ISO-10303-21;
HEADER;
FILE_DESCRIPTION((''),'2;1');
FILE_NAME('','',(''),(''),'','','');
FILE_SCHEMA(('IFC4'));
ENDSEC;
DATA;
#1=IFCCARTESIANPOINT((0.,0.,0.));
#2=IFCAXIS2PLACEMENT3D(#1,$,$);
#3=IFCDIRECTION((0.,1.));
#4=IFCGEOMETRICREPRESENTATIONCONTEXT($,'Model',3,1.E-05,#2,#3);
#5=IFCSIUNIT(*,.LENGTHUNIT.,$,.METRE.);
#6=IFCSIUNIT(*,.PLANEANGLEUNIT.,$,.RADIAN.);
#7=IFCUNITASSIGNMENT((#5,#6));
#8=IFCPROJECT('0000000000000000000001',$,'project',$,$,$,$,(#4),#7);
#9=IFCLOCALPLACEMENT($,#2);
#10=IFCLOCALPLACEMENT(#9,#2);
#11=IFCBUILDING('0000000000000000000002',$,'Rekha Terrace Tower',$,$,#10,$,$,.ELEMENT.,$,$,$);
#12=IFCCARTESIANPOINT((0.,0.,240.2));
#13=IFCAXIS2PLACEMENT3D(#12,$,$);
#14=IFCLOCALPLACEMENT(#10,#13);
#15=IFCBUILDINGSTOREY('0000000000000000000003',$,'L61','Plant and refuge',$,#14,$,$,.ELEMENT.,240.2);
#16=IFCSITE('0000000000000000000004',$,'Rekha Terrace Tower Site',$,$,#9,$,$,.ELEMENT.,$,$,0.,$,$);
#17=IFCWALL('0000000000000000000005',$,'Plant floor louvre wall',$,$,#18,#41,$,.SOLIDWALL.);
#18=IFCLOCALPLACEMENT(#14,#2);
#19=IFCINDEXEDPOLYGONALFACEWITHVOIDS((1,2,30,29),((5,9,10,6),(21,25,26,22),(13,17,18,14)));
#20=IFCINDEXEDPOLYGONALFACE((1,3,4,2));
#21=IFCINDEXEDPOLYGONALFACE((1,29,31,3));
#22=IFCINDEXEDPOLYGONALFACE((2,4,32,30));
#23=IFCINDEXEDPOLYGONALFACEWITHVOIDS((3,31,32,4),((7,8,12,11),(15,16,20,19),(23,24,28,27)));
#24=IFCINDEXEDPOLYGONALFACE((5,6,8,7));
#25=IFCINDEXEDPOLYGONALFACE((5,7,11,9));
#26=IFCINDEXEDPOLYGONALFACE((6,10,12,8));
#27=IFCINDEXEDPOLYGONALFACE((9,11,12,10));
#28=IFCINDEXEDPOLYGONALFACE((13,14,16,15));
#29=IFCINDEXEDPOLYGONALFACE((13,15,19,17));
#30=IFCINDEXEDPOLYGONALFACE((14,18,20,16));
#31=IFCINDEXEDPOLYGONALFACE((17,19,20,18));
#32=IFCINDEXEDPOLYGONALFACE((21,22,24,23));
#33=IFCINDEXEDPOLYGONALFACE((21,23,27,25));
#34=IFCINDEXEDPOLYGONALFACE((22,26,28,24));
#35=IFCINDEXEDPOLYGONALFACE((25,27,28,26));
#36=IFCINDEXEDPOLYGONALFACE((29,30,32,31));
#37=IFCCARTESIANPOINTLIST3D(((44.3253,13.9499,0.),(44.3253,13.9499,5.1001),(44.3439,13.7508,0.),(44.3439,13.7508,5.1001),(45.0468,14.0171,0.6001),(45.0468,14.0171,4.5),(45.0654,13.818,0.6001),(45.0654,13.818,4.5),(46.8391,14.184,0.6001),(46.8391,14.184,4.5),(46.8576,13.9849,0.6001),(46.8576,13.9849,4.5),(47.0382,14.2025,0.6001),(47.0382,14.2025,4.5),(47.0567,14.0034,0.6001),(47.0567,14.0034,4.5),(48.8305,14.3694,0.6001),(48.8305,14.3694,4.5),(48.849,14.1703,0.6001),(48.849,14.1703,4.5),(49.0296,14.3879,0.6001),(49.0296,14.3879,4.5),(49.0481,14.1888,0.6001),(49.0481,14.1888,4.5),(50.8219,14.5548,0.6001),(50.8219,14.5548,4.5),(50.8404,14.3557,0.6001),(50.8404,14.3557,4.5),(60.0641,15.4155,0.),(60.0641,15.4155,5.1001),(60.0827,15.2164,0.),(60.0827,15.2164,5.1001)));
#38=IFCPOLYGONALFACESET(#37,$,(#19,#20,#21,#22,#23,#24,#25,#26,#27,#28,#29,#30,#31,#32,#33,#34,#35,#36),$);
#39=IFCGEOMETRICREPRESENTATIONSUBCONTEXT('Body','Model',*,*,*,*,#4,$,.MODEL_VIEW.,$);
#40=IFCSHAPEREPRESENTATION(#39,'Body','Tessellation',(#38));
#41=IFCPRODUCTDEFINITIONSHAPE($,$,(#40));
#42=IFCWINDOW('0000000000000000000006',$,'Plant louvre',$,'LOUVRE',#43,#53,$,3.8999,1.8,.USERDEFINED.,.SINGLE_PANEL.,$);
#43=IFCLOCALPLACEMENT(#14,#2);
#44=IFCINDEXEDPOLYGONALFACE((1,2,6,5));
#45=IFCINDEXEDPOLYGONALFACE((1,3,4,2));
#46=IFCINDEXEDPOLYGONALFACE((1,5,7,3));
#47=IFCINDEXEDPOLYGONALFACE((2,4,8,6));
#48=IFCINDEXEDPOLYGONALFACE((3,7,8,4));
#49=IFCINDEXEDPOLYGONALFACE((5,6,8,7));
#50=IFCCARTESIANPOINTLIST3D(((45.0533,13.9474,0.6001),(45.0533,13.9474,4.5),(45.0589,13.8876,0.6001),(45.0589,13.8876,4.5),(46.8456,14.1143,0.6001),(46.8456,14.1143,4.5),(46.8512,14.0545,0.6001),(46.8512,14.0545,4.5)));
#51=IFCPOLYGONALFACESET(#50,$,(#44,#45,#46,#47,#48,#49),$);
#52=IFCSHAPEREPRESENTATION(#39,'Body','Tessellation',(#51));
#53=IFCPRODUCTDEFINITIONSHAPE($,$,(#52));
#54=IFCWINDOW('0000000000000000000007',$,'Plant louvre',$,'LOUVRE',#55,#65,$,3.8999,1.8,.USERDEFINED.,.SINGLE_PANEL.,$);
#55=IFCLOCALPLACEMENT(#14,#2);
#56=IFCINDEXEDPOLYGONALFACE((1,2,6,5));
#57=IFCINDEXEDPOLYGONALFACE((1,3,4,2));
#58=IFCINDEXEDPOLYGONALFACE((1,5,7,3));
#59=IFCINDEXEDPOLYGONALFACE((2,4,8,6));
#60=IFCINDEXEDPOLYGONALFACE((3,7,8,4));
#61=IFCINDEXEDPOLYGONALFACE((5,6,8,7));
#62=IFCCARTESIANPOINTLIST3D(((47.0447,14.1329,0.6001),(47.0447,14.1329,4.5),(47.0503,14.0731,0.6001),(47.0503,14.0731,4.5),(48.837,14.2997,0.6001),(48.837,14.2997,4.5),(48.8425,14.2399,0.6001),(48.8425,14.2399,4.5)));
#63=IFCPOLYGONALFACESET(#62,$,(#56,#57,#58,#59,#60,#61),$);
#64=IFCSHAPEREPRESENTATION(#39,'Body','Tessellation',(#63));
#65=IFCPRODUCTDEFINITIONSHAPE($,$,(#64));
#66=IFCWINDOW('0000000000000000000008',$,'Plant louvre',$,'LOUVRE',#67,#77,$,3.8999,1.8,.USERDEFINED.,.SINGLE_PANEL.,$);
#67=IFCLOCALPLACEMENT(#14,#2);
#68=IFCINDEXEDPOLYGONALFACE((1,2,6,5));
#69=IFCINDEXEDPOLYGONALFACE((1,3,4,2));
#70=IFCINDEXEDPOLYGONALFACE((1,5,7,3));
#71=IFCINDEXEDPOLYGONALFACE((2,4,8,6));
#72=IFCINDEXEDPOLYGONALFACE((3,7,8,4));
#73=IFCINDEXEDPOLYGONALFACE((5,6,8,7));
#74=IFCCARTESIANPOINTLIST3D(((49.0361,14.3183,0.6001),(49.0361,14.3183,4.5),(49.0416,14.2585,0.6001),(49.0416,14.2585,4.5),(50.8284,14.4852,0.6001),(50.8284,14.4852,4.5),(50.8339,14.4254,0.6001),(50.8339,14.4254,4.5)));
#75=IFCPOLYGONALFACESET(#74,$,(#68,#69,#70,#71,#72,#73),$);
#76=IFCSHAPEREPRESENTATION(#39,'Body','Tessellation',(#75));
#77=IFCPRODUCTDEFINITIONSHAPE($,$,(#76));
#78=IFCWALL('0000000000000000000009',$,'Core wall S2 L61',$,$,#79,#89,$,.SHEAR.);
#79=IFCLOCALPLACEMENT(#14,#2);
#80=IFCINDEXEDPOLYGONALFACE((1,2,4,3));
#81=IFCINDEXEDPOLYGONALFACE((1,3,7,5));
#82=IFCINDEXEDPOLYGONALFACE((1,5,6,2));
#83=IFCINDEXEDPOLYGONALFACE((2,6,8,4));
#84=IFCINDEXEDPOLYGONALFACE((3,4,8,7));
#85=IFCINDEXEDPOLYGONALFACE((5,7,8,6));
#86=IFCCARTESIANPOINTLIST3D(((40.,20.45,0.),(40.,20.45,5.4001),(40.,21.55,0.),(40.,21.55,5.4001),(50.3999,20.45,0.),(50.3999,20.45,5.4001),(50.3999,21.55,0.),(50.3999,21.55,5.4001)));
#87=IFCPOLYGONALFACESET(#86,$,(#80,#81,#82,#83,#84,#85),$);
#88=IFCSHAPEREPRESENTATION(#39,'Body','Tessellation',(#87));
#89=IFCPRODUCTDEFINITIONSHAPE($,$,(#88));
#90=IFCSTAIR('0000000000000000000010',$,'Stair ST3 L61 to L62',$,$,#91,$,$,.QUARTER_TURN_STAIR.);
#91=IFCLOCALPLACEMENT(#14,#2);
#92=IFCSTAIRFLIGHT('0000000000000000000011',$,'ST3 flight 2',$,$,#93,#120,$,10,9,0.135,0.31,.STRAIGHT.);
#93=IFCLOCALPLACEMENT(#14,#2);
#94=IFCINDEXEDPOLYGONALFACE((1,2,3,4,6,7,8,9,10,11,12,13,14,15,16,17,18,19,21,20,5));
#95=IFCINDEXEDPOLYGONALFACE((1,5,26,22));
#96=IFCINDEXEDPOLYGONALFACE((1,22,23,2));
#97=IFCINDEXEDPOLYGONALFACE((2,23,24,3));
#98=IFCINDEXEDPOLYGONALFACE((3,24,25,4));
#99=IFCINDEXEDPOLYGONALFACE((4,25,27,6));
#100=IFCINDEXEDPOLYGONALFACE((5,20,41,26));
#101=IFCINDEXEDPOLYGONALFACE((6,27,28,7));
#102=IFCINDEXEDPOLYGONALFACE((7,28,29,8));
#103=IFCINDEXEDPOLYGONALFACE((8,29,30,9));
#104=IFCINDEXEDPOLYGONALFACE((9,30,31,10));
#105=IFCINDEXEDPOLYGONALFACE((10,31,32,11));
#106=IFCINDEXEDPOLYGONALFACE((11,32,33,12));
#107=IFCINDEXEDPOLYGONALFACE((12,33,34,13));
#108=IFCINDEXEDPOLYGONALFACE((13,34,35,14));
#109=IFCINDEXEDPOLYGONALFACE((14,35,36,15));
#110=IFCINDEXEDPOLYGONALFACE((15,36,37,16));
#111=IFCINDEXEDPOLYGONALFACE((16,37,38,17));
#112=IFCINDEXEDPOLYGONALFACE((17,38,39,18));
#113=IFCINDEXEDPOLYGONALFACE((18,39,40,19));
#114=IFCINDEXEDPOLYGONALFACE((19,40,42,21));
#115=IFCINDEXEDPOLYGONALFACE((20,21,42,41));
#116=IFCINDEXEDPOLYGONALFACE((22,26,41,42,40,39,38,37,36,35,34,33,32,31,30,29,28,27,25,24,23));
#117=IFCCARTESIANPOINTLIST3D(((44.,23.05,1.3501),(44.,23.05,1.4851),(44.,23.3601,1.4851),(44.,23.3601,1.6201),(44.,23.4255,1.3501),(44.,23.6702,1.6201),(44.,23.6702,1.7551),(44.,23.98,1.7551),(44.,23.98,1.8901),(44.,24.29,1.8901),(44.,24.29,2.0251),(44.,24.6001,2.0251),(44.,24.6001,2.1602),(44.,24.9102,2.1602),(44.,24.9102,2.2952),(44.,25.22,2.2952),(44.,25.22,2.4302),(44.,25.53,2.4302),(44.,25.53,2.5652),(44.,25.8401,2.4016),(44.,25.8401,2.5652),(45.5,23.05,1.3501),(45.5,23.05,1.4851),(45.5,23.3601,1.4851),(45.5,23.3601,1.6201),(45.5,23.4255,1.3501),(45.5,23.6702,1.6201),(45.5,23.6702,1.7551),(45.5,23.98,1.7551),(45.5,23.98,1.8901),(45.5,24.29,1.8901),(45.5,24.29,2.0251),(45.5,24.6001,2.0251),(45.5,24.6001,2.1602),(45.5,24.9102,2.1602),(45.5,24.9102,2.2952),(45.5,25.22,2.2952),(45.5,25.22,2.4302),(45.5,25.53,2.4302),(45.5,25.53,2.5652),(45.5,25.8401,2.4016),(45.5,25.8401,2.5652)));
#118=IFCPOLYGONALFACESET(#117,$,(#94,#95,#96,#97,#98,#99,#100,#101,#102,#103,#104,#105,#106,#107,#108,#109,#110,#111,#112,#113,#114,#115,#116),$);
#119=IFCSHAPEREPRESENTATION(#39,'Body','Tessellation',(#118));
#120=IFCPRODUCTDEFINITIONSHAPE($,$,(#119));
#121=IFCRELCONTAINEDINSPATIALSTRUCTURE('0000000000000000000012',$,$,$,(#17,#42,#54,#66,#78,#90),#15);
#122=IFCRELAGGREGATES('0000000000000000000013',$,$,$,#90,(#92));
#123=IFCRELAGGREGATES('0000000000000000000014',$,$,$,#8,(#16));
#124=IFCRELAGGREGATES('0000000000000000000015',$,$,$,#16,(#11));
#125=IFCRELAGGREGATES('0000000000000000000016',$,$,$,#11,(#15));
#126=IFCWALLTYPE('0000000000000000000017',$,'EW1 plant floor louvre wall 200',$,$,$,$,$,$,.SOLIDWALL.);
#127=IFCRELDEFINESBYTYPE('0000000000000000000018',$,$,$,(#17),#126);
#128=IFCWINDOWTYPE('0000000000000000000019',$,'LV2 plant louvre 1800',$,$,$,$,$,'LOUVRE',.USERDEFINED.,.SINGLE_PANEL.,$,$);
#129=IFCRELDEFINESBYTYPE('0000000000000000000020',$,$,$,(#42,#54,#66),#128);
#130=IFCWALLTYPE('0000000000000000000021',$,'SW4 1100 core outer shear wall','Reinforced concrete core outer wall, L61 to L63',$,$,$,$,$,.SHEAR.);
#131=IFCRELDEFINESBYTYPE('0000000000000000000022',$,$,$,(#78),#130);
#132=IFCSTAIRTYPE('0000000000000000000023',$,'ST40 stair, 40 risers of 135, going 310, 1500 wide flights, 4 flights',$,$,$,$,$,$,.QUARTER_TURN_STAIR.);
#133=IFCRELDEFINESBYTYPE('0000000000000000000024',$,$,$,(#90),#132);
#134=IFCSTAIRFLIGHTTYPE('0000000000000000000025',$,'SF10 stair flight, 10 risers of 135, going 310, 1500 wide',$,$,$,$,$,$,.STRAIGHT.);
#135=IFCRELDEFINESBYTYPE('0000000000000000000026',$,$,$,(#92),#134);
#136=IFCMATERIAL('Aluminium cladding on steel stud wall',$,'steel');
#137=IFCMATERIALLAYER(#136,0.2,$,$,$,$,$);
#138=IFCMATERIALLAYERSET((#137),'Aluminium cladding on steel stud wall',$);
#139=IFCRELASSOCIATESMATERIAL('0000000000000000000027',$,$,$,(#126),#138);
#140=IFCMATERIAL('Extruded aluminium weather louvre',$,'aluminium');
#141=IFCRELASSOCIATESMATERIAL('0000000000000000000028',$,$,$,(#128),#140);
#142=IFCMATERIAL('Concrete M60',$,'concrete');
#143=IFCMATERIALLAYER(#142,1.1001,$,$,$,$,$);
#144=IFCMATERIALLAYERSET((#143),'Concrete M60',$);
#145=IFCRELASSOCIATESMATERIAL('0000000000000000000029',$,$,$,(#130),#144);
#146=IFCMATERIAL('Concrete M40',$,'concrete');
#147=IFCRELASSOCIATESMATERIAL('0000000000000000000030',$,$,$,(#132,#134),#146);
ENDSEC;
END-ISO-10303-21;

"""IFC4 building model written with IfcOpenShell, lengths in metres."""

from ifc_helpers import new_model, si_unit, direction, frame, frame_2d, origin, place, context, subcontext, project, spatial, polyline, rectangle, outline, extrude, material, layer, layer_set, type_object, element, fill, aggregate, save


model = new_model("IFC4")

# Units and contexts
model_context = context("Model", 3, precision=1e-05, world=origin(), true_north=direction((0.0, 1.0)))
body_context = subcontext(model_context, "Body", "Model", "MODEL_VIEW")
ifc_project = project(units=[si_unit("LENGTHUNIT", "METRE"), si_unit("PLANEANGLEUNIT", "RADIAN")], contexts=[model_context])

# Site, building, storey
site_placement = place(None, origin())
site = spatial("IfcSite", under=ifc_project, at=site_placement, Name="Rekha Terrace Tower Site", CompositionType="ELEMENT", RefElevation=0.0)
building_placement = place(site_placement, origin())
building = spatial("IfcBuilding", under=site, at=building_placement, Name="Rekha Terrace Tower", CompositionType="ELEMENT")
storey_placement = place(building_placement, frame((0.0, 0.0, 240.2)))
storey = spatial("IfcBuildingStorey", under=building, at=storey_placement, Name="L61", Description="Plant and refuge", CompositionType="ELEMENT", Elevation=240.2)

# Shared definitions
ifc_material_1 = material(Name="Concrete M60", Category="concrete")

# Wall, openings, windows
ifc_material_2 = material(Name="Aluminium cladding on steel stud wall", Category="steel")
ifc_layer_1 = layer(ifc_material_2, 0.2)
ifc_layer_set_1 = layer_set([ifc_layer_1], Name="Aluminium cladding on steel stud wall")
wall_type_1 = type_object("IfcWallType", Name="EW1 plant floor louvre wall 200", PredefinedType="SOLIDWALL", material=ifc_layer_set_1)
wall_1_placement = place(storey_placement, frame((44.3347, 13.8503, 0.0), z_axis=(0.0, 0.0, 1.0), x_axis=(0.995692, 0.092718, 0.0)))
wall_1 = element("IfcWall", 1, at=wall_1_placement, inside=storey, type_object=wall_type_1, Name="Plant floor louvre wall", PredefinedType="SOLIDWALL", context=body_context, shape_type="SweptSolid", body=[
    extrude(rectangle(XDim=15.8069, YDim=0.2, at=frame_2d((7.9033, 0.0))), origin(), (0.0, 0.0, 1.0), 5.1001),
])
opening_1_placement = place(wall_1_placement, frame((0.7246, 0.0, 0.6001)))
opening_1 = element("IfcOpeningElement", 2, at=opening_1_placement, cuts=wall_1, PredefinedType="OPENING", context=body_context, shape_type="SweptSolid", body=[
    extrude(rectangle(XDim=1.8, YDim=3.8999, at=frame_2d((0.8999, 1.95))), frame((0.0, 0.1099, 0.0), z_axis=(0.0, -1.0, 0.0), x_axis=(1.0, 0.0, 0.0)), (0.0, 0.0, 1.0), 0.22),
])
opening_2_placement = place(wall_1_placement, frame((2.7246, 0.0, 0.6001)))
opening_2 = element("IfcOpeningElement", 3, at=opening_2_placement, cuts=wall_1, PredefinedType="OPENING", context=body_context, shape_type="SweptSolid", body=[
    extrude(rectangle(XDim=1.8, YDim=3.8999, at=frame_2d((0.8999, 1.95))), frame((0.0, 0.1099, 0.0), z_axis=(0.0, -1.0, 0.0), x_axis=(1.0, 0.0, 0.0)), (0.0, 0.0, 1.0), 0.22),
])
opening_3_placement = place(wall_1_placement, frame((4.7246, 0.0, 0.6001)))
opening_3 = element("IfcOpeningElement", 4, at=opening_3_placement, cuts=wall_1, PredefinedType="OPENING", context=body_context, shape_type="SweptSolid", body=[
    extrude(rectangle(XDim=1.8, YDim=3.8999, at=frame_2d((0.8999, 1.95))), frame((0.0, 0.1099, 0.0), z_axis=(0.0, -1.0, 0.0), x_axis=(1.0, 0.0, 0.0)), (0.0, 0.0, 1.0), 0.22),
])
ifc_material_3 = material(Name="Extruded aluminium weather louvre", Category="aluminium")
window_type = type_object("IfcWindowType", Name="LV2 plant louvre 1800", ElementType="LOUVRE", PartitioningType="SINGLE_PANEL", PredefinedType="USERDEFINED", material=ifc_material_3)
window_1_placement = place(opening_1_placement, origin())
window_1 = element("IfcWindow", 5, at=window_1_placement, inside=storey, type_object=window_type, Name="Plant louvre", ObjectType="LOUVRE", OverallHeight=3.8999, OverallWidth=1.8, PartitioningType="SINGLE_PANEL", PredefinedType="USERDEFINED", context=body_context, shape_type="SweptSolid", body=[
    extrude(rectangle(XDim=1.8, YDim=3.8999, at=frame_2d((0.8999, 1.95))), frame((0.0, 0.03, 0.0), z_axis=(0.0, -1.0, 0.0), x_axis=(1.0, 0.0, 0.0)), (0.0, 0.0, 1.0), 0.0601),
])
fill(opening_1, window_1)
window_2_placement = place(opening_2_placement, origin())
window_2 = element("IfcWindow", 6, at=window_2_placement, inside=storey, type_object=window_type, Name="Plant louvre", ObjectType="LOUVRE", OverallHeight=3.8999, OverallWidth=1.8, PartitioningType="SINGLE_PANEL", PredefinedType="USERDEFINED", context=body_context, shape_type="SweptSolid", body=[
    extrude(rectangle(XDim=1.8, YDim=3.8999, at=frame_2d((0.8999, 1.95))), frame((0.0, 0.03, 0.0), z_axis=(0.0, -1.0, 0.0), x_axis=(1.0, 0.0, 0.0)), (0.0, 0.0, 1.0), 0.0601),
])
fill(opening_2, window_2)
window_3_placement = place(opening_3_placement, origin())
window_3 = element("IfcWindow", 7, at=window_3_placement, inside=storey, type_object=window_type, Name="Plant louvre", ObjectType="LOUVRE", OverallHeight=3.8999, OverallWidth=1.8, PartitioningType="SINGLE_PANEL", PredefinedType="USERDEFINED", context=body_context, shape_type="SweptSolid", body=[
    extrude(rectangle(XDim=1.8, YDim=3.8999, at=frame_2d((0.8999, 1.95))), frame((0.0, 0.03, 0.0), z_axis=(0.0, -1.0, 0.0), x_axis=(1.0, 0.0, 0.0)), (0.0, 0.0, 1.0), 0.0601),
])
fill(opening_3, window_3)

# Wall
ifc_layer_2 = layer(ifc_material_1, 1.1001)
ifc_layer_set_2 = layer_set([ifc_layer_2], Name="Concrete M60")
wall_type_2 = type_object("IfcWallType", Name="SW4 1100 core outer shear wall", Description="Reinforced concrete core outer wall, L61 to L63", PredefinedType="SHEAR", material=ifc_layer_set_2)
wall_2_placement = place(storey_placement, frame((40.0, 21.0, 0.0), z_axis=(0.0, 0.0, 1.0), x_axis=(1.0, 0.0, 0.0)))
element("IfcWall", 8, at=wall_2_placement, inside=storey, type_object=wall_type_2, Name="Core wall S2 L61", PredefinedType="SHEAR", context=body_context, shape_type="SweptSolid", body=[
    extrude(rectangle(XDim=10.3999, YDim=1.1001, at=frame_2d((5.2, 0.0))), origin(), (0.0, 0.0, 1.0), 5.4001),
])

# Stair, stair flight
ifc_material_4 = material(Name="Concrete M40", Category="concrete")
stair_type = type_object("IfcStairType", Name="ST40 stair, 40 risers of 135, going 310, 1500 wide flights, 4 flights", PredefinedType="QUARTER_TURN_STAIR", material=ifc_material_4)
stair_placement = place(storey_placement, origin())
stair = element("IfcStair", 9, at=stair_placement, inside=storey, type_object=stair_type, Name="Stair ST3 L61 to L62", PredefinedType="QUARTER_TURN_STAIR")
stair_flight_type = type_object("IfcStairFlightType", Name="SF10 stair flight, 10 risers of 135, going 310, 1500 wide", PredefinedType="STRAIGHT", material=ifc_material_4)
stair_flight_placement = place(storey_placement, frame((44.75, 23.05, 1.3501), z_axis=(0.0, 0.0, 1.0), x_axis=(0.0, 1.0, 0.0)))
stair_flight = element("IfcStairFlight", 10, at=stair_flight_placement, type_object=stair_flight_type, Name="ST3 flight 2", NumberOfRisers=10, NumberOfTreads=9, PredefinedType="STRAIGHT", RiserHeight=0.135, TreadLength=0.31, context=body_context, shape_type="SweptSolid", body=[
    extrude(outline(polyline([(0.0, 0.0), (0.0, 0.135), (0.3101, 0.135), (0.3101, 0.27), (0.6201, 0.27), (0.6201, 0.405), (0.9299, 0.405), (0.9299, 0.54), (1.24, 0.54), (1.24, 0.675), (1.55, 0.675), (1.55, 0.8101), (1.8601, 0.8101), (1.8601, 0.9451), (2.1699, 0.9451), (2.1699, 1.0801), (2.48, 1.0801), (2.48, 1.2151), (2.79, 1.2151), (2.79, 1.3501), (2.79, 1.0515), (0.3755, 0.0), (0.0, 0.0)])), frame((0.0, 0.75, 0.0), z_axis=(0.0, -1.0, 0.0), x_axis=(1.0, 0.0, 0.0)), (0.0, 0.0, 1.0), 1.5),
])
aggregate(stair, [stair_flight])

save(model, "model.ifc")
